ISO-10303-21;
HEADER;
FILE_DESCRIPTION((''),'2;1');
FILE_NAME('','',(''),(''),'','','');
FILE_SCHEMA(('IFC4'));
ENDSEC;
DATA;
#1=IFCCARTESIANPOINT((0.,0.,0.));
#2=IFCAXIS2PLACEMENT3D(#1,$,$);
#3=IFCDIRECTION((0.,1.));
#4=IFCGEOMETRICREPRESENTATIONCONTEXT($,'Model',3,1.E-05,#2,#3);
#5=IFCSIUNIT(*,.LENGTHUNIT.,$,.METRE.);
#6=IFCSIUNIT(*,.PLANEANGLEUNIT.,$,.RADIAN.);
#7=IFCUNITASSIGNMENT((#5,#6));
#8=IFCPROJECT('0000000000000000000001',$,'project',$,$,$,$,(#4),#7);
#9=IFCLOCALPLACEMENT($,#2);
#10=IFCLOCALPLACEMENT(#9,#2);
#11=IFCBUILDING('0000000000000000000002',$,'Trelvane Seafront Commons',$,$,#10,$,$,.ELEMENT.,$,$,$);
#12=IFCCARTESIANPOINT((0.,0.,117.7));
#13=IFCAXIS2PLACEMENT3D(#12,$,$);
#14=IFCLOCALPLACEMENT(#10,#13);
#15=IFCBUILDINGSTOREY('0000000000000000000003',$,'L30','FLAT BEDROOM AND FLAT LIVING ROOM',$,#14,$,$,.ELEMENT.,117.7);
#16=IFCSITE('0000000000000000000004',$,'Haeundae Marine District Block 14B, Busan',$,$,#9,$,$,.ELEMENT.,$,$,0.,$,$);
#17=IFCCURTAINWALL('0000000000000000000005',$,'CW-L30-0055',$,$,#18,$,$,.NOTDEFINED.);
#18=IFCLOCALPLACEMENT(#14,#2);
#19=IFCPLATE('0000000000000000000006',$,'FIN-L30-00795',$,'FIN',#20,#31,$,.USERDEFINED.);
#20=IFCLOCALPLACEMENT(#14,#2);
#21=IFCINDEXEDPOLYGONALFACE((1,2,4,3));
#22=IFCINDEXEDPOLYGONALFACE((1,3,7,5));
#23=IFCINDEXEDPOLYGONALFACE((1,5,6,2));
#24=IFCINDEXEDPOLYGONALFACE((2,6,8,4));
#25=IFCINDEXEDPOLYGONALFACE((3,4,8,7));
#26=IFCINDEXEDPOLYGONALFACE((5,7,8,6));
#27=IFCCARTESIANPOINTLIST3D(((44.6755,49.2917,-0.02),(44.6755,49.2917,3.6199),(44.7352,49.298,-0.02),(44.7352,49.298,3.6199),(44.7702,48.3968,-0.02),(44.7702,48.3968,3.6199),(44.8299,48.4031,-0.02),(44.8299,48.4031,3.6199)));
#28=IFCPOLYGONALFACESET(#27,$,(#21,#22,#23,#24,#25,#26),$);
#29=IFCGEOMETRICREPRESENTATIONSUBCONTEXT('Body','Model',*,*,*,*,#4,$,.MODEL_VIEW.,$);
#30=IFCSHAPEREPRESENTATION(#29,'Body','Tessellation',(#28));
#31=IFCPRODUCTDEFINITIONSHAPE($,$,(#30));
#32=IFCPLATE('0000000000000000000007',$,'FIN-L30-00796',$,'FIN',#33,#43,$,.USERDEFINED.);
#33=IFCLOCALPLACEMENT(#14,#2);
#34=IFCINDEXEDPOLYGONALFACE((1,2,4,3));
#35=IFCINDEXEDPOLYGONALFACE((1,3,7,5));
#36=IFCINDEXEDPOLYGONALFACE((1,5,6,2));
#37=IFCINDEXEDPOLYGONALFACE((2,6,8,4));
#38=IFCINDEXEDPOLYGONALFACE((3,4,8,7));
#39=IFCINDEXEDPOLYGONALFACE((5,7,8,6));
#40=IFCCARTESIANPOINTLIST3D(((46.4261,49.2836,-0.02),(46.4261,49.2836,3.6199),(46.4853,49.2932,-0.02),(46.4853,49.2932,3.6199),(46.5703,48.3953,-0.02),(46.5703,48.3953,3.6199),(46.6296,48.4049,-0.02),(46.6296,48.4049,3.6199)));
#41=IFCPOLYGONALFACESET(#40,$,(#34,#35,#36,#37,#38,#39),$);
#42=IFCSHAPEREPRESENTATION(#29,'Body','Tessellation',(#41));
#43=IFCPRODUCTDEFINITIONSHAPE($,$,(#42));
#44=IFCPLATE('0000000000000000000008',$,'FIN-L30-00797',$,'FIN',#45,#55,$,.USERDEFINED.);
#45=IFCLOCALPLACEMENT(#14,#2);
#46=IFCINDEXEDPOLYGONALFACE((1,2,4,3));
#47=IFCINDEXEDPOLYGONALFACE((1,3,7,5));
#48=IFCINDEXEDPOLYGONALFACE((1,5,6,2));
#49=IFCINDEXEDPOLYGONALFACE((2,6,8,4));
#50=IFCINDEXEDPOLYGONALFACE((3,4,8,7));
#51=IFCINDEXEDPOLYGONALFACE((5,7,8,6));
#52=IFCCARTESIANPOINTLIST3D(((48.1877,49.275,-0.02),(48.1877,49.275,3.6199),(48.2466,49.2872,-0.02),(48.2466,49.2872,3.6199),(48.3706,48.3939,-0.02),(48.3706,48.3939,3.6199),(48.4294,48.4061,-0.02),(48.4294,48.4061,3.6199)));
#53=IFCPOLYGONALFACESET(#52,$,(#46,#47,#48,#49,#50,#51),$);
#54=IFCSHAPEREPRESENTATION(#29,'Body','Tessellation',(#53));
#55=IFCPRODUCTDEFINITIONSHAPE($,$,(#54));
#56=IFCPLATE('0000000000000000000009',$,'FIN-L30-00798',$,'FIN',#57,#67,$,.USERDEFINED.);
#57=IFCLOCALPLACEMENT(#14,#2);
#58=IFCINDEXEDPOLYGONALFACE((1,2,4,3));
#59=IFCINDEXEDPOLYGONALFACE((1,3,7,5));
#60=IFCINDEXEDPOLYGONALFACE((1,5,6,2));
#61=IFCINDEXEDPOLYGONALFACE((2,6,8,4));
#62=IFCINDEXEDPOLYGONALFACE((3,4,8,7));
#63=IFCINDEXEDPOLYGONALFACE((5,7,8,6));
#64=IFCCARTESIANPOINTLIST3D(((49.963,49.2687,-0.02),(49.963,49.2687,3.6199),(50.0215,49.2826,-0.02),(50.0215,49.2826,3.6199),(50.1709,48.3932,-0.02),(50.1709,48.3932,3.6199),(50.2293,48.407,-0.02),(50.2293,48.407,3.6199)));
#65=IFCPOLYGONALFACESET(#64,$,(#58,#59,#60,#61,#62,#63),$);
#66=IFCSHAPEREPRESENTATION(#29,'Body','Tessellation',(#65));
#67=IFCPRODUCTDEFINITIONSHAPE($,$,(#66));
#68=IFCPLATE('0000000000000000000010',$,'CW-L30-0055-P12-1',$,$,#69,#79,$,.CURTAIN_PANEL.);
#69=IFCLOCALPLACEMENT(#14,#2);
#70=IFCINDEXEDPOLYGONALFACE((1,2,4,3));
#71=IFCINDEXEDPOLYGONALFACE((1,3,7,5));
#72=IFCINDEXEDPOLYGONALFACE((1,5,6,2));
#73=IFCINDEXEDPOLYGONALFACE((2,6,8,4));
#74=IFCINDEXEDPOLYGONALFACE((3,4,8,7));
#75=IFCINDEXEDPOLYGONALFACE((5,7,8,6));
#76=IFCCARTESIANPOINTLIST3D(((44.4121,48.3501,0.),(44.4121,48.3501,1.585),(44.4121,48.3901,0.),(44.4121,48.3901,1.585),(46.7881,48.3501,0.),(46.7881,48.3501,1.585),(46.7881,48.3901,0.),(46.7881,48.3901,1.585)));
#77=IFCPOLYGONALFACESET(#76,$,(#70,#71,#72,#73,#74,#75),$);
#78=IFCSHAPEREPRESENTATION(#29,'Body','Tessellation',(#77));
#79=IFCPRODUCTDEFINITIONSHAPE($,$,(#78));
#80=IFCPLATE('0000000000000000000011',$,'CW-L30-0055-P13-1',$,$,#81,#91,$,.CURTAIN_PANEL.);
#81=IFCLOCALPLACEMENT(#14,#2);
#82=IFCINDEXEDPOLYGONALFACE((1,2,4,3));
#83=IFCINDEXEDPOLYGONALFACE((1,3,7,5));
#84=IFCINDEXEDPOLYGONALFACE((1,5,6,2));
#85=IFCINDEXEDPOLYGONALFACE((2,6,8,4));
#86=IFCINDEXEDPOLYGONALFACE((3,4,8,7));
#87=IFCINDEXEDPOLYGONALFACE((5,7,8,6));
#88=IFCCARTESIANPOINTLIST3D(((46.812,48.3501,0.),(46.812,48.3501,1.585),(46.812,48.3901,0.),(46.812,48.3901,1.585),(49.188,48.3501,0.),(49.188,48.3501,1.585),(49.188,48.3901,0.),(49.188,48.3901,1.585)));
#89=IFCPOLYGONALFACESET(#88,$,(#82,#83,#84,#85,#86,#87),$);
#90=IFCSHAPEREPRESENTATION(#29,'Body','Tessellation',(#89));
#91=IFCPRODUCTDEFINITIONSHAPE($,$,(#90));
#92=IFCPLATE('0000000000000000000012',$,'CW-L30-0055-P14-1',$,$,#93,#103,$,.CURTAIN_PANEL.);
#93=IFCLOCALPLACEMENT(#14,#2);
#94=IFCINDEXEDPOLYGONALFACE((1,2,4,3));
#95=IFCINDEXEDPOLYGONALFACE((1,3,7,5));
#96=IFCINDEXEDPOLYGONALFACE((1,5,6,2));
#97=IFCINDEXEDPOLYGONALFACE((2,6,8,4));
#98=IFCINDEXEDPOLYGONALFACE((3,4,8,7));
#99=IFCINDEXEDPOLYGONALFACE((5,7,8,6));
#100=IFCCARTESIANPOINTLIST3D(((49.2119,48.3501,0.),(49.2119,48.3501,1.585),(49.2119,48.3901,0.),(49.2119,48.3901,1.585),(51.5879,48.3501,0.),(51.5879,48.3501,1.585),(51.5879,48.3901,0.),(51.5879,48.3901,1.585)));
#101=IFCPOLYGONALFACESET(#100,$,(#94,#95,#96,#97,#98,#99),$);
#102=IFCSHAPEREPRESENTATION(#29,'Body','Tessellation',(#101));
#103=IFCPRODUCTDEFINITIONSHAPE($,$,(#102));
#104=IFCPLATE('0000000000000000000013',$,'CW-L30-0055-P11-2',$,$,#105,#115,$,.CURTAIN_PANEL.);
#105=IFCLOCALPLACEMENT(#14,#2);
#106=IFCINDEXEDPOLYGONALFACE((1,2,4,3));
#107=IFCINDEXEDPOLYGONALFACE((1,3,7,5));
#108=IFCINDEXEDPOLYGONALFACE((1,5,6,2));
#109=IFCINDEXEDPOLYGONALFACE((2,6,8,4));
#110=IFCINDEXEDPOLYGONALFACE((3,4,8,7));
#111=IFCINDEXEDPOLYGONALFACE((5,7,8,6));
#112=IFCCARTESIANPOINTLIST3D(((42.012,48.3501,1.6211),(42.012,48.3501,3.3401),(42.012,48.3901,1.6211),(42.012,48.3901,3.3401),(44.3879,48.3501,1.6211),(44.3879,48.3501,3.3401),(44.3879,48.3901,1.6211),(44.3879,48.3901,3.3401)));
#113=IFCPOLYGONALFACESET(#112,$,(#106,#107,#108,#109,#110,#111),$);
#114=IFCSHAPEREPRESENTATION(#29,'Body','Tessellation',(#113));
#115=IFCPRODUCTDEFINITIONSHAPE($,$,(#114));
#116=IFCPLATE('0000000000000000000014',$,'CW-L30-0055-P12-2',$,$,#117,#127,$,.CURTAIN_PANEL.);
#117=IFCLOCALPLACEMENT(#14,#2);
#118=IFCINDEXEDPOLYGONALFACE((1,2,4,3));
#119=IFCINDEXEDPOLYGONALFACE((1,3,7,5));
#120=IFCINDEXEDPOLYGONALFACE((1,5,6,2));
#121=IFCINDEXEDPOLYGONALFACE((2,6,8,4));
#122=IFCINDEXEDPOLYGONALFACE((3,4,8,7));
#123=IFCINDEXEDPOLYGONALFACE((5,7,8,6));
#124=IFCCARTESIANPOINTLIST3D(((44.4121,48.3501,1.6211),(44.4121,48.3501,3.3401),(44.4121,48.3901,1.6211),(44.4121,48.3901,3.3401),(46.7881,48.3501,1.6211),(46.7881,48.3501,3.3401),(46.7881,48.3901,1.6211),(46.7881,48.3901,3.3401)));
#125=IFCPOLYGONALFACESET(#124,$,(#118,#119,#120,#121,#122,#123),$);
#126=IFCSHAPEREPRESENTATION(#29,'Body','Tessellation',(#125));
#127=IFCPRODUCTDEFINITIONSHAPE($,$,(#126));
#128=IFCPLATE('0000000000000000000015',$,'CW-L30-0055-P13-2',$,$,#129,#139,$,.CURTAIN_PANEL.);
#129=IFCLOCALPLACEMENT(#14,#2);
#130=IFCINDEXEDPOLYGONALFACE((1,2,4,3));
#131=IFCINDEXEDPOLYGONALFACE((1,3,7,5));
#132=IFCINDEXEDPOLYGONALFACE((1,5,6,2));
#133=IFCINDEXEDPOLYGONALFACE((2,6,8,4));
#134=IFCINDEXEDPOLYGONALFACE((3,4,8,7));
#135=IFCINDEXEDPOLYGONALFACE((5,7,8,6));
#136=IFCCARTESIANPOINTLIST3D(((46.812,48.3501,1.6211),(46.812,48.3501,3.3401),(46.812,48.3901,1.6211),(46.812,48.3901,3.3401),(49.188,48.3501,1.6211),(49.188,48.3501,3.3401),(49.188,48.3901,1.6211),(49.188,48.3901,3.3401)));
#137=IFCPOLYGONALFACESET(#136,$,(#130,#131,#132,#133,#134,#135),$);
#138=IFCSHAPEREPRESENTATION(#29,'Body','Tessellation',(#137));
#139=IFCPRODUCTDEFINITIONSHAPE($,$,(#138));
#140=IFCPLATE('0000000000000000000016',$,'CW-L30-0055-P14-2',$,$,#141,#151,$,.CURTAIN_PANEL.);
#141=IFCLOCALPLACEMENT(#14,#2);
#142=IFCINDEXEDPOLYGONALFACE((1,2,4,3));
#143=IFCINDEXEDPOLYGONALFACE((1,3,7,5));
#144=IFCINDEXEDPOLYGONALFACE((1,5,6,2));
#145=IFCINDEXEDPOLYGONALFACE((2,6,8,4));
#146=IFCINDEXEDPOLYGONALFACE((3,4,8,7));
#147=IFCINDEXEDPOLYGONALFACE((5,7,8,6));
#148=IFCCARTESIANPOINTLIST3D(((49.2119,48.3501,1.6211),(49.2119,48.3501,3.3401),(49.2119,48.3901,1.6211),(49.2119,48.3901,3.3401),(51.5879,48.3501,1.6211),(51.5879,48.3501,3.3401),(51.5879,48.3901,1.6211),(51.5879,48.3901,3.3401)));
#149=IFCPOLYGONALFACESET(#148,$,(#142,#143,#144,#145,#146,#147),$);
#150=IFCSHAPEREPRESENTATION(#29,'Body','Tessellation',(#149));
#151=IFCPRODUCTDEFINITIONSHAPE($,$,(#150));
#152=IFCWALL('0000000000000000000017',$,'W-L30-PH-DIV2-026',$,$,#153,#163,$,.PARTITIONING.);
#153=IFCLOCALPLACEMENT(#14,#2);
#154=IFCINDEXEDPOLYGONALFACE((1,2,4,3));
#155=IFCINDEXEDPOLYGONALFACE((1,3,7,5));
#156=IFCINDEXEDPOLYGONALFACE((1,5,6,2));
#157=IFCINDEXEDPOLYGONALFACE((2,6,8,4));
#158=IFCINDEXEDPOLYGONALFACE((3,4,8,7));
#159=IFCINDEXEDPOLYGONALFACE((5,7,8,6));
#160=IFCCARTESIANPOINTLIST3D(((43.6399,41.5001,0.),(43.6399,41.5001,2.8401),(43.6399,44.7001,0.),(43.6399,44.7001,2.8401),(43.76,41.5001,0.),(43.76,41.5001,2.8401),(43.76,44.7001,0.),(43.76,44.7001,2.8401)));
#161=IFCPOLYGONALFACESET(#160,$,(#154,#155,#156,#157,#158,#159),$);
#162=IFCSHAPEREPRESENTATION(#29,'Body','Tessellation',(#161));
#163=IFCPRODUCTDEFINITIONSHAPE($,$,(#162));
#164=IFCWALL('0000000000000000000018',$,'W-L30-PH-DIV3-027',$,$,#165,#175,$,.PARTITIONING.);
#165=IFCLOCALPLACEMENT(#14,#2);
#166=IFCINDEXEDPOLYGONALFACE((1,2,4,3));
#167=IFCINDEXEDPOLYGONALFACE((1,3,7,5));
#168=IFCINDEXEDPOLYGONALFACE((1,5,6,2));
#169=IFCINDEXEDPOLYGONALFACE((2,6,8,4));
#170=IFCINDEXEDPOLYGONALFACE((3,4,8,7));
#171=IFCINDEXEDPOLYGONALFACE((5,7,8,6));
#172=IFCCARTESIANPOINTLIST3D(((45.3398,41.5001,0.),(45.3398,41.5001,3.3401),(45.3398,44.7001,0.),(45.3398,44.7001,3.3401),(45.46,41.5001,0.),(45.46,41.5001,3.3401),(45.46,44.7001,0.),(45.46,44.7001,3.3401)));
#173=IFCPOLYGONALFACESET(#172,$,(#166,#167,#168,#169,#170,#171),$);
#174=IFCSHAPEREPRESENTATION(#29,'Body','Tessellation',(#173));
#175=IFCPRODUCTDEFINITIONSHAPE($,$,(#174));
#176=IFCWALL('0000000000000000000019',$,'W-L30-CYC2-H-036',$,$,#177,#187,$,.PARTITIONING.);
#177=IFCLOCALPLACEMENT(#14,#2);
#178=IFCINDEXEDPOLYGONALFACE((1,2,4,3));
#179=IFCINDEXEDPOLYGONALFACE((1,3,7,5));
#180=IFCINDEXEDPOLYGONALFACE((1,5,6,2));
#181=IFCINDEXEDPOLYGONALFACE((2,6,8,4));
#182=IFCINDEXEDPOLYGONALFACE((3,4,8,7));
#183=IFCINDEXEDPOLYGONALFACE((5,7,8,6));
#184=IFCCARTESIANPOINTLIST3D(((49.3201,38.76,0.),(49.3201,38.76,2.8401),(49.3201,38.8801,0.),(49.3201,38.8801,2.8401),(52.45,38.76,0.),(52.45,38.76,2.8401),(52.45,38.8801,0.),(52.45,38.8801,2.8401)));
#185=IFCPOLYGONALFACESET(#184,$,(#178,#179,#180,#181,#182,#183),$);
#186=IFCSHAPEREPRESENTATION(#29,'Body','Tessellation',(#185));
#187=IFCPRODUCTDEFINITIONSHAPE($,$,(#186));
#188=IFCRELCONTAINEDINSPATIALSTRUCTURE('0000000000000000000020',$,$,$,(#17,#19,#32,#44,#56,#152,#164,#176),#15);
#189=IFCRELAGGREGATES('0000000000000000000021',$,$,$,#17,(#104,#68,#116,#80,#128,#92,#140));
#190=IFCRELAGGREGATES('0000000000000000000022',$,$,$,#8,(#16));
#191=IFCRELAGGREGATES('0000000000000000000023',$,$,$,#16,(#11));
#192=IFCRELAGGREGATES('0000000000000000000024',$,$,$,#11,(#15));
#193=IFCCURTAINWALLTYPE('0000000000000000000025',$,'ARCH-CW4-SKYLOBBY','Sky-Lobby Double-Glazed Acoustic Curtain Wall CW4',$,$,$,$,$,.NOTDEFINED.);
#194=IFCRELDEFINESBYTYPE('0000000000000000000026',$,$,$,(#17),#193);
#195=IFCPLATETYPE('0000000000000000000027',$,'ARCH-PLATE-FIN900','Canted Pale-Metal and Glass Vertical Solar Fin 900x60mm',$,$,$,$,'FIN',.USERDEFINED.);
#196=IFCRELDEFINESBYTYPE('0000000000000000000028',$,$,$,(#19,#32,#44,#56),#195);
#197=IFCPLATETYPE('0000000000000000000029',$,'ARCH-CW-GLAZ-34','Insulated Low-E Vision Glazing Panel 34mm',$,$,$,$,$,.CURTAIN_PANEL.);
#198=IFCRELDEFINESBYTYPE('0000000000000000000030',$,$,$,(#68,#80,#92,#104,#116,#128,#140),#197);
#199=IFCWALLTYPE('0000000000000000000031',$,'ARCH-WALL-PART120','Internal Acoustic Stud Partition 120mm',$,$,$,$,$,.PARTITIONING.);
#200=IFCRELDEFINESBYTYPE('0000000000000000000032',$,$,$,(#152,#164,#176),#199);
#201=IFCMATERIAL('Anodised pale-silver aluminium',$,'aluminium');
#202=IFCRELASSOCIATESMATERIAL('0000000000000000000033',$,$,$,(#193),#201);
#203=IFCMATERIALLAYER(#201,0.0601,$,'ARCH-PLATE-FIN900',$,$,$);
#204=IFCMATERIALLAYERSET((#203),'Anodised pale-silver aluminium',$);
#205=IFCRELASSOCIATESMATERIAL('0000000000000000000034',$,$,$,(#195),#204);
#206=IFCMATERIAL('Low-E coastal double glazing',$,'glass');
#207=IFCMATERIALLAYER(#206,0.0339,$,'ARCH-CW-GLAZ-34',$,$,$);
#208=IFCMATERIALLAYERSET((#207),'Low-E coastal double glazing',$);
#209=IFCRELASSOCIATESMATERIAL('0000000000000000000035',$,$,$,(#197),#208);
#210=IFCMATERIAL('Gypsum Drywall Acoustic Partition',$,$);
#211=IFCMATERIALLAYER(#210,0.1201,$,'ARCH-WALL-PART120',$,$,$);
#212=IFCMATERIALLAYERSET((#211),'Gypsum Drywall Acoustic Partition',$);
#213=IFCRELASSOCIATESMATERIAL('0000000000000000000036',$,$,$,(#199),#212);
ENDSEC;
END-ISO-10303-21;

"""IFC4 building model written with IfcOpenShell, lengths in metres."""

from ifc_helpers import new_model, si_unit, direction, frame, frame_2d, origin, origin_2d, place, context, subcontext, project, spatial, rectangle, extrude, source, transform, mapped, material, layer, layer_set, type_object, element, aggregate, save


model = new_model("IFC4")

# Units and contexts
model_context = context("Model", 3, precision=1e-05, world=origin(), true_north=direction((0.0, 1.0)))
body_context = subcontext(model_context, "Body", "Model", "MODEL_VIEW")
ifc_project = project(units=[si_unit("LENGTHUNIT", "METRE"), si_unit("PLANEANGLEUNIT", "RADIAN")], contexts=[model_context])

# Site, building, storey
site_placement = place(None, origin())
site = spatial("IfcSite", under=ifc_project, at=site_placement, Name="Haeundae Marine District Block 14B, Busan", CompositionType="ELEMENT", RefElevation=0.0)
building_placement = place(site_placement, origin())
building = spatial("IfcBuilding", under=site, at=building_placement, Name="Trelvane Seafront Commons", CompositionType="ELEMENT")
storey_placement = place(building_placement, frame((0.0, 0.0, 117.7)))
storey = spatial("IfcBuildingStorey", under=building, at=storey_placement, Name="L30", Description="FLAT BEDROOM AND FLAT LIVING ROOM", CompositionType="ELEMENT", Elevation=117.7)

# Curtain wall
ifc_material_1 = material(Name="Anodised pale-silver aluminium", Category="aluminium")
curtain_wall_type = type_object("IfcCurtainWallType", Name="ARCH-CW4-SKYLOBBY", Description="Sky-Lobby Double-Glazed Acoustic Curtain Wall CW4", PredefinedType="NOTDEFINED", material=ifc_material_1)
curtain_wall_placement = place(storey_placement, origin())
curtain_wall = element("IfcCurtainWall", 1, at=curtain_wall_placement, inside=storey, type_object=curtain_wall_type, Name="CW-L30-0055", PredefinedType="NOTDEFINED")

# Plates
ifc_layer_1 = layer(ifc_material_1, 0.0601, Name="ARCH-PLATE-FIN900")
ifc_layer_set_1 = layer_set([ifc_layer_1], Name="Anodised pale-silver aluminium")
plate_type_1 = type_object("IfcPlateType", Name="ARCH-PLATE-FIN900", Description="Canted Pale-Metal and Glass Vertical Solar Fin 900x60mm", ElementType="FIN", PredefinedType="USERDEFINED", material=ifc_layer_set_1)
shared_shape_1 = source(origin(), body_context, "Body", "SweptSolid", [
    extrude(rectangle(XDim=0.8999, YDim=0.0601, at=origin_2d()), origin(), (0.0, 0.0, 1.0), 3.6399),
])
for number, where, z_axis, x_axis, name in (
    (2, (44.7527, 48.8474, -0.02), (0.0, 0.0, 1.0), (-0.105223, 0.994449, 0.0), "FIN-L30-00795"),
    (3, (46.5278, 48.8442, -0.02), (0.0, 0.0, 1.0), (-0.160326, 0.987064, 0.0), "FIN-L30-00796"),
    (4, (48.3086, 48.8406, -0.02), (0.0, 0.0, 1.0), (-0.203227, 0.979132, 0.0), "FIN-L30-00797"),
    (5, (50.0962, 48.8379, -0.02), (0.0, 0.0, 1.0), (-0.230989, 0.972956, 0.0), "FIN-L30-00798"),
):
    element("IfcPlate", number, at=place(storey_placement, frame(where, z_axis=z_axis, x_axis=x_axis)), inside=storey, type_object=plate_type_1, Name=name, ObjectType="FIN", PredefinedType="USERDEFINED", context=body_context, shape_type="MappedRepresentation", body=[
        mapped(shared_shape_1, transform((0.0, 0.0, 0.0), x_axis=(1.0, 0.0, 0.0), y_axis=(0.0, 1.0, 0.0), z_axis=(0.0, 0.0, 1.0), scale=1.0)),
    ])

# Plates
ifc_material_2 = material(Name="Low-E coastal double glazing", Category="glass")
ifc_layer_2 = layer(ifc_material_2, 0.0339, Name="ARCH-CW-GLAZ-34")
ifc_layer_set_2 = layer_set([ifc_layer_2], Name="Low-E coastal double glazing")
plate_type_2 = type_object("IfcPlateType", Name="ARCH-CW-GLAZ-34", Description="Insulated Low-E Vision Glazing Panel 34mm", PredefinedType="CURTAIN_PANEL", material=ifc_layer_set_2)
shared_shape_2 = source(origin(), body_context, "Body", "SweptSolid", [
    extrude(rectangle(XDim=2.376, YDim=0.04, at=origin_2d()), origin(), (0.0, 0.0, 1.0), 1.585),
])
plate_1_placement = place(storey_placement, frame((45.6001, 48.3701, 0.0), z_axis=(0.0, 0.0, 1.0), x_axis=(1.0, 0.0, 0.0)))
plate_1 = element("IfcPlate", 6, at=plate_1_placement, type_object=plate_type_2, Name="CW-L30-0055-P12-1", PredefinedType="CURTAIN_PANEL", context=body_context, shape_type="MappedRepresentation", body=[
    mapped(shared_shape_2, transform((0.0, 0.0, 0.0), x_axis=(1.0, 0.0, 0.0), y_axis=(0.0, 1.0, 0.0), z_axis=(0.0, 0.0, 1.0), scale=1.0)),
])
plate_2_placement = place(storey_placement, frame((48.0, 48.3701, 0.0), z_axis=(0.0, 0.0, 1.0), x_axis=(1.0, 0.0, 0.0)))
plate_2 = element("IfcPlate", 7, at=plate_2_placement, type_object=plate_type_2, Name="CW-L30-0055-P13-1", PredefinedType="CURTAIN_PANEL", context=body_context, shape_type="MappedRepresentation", body=[
    mapped(shared_shape_2, transform((0.0, 0.0, 0.0), x_axis=(1.0, 0.0, 0.0), y_axis=(0.0, 1.0, 0.0), z_axis=(0.0, 0.0, 1.0), scale=1.0)),
])
plate_3_placement = place(storey_placement, frame((50.3999, 48.3701, 0.0), z_axis=(0.0, 0.0, 1.0), x_axis=(1.0, 0.0, 0.0)))
plate_3 = element("IfcPlate", 8, at=plate_3_placement, type_object=plate_type_2, Name="CW-L30-0055-P14-1", PredefinedType="CURTAIN_PANEL", context=body_context, shape_type="MappedRepresentation", body=[
    mapped(shared_shape_2, transform((0.0, 0.0, 0.0), x_axis=(1.0, 0.0, 0.0), y_axis=(0.0, 1.0, 0.0), z_axis=(0.0, 0.0, 1.0), scale=1.0)),
])
shared_shape_3 = source(origin(), body_context, "Body", "SweptSolid", [
    extrude(rectangle(XDim=2.376, YDim=0.04, at=origin_2d()), origin(), (0.0, 0.0, 1.0), 1.719),
])
plate_4_placement = place(storey_placement, frame((43.2, 48.3701, 1.6211), z_axis=(0.0, 0.0, 1.0), x_axis=(1.0, 0.0, 0.0)))
plate_4 = element("IfcPlate", 9, at=plate_4_placement, type_object=plate_type_2, Name="CW-L30-0055-P11-2", PredefinedType="CURTAIN_PANEL", context=body_context, shape_type="MappedRepresentation", body=[
    mapped(shared_shape_3, transform((0.0, 0.0, 0.0), x_axis=(1.0, 0.0, 0.0), y_axis=(0.0, 1.0, 0.0), z_axis=(0.0, 0.0, 1.0), scale=1.0)),
])
plate_5_placement = place(storey_placement, frame((45.6001, 48.3701, 1.6211), z_axis=(0.0, 0.0, 1.0), x_axis=(1.0, 0.0, 0.0)))
plate_5 = element("IfcPlate", 10, at=plate_5_placement, type_object=plate_type_2, Name="CW-L30-0055-P12-2", PredefinedType="CURTAIN_PANEL", context=body_context, shape_type="MappedRepresentation", body=[
    mapped(shared_shape_3, transform((0.0, 0.0, 0.0), x_axis=(1.0, 0.0, 0.0), y_axis=(0.0, 1.0, 0.0), z_axis=(0.0, 0.0, 1.0), scale=1.0)),
])
plate_6_placement = place(storey_placement, frame((48.0, 48.3701, 1.6211), z_axis=(0.0, 0.0, 1.0), x_axis=(1.0, 0.0, 0.0)))
plate_6 = element("IfcPlate", 11, at=plate_6_placement, type_object=plate_type_2, Name="CW-L30-0055-P13-2", PredefinedType="CURTAIN_PANEL", context=body_context, shape_type="MappedRepresentation", body=[
    mapped(shared_shape_3, transform((0.0, 0.0, 0.0), x_axis=(1.0, 0.0, 0.0), y_axis=(0.0, 1.0, 0.0), z_axis=(0.0, 0.0, 1.0), scale=1.0)),
])
plate_7_placement = place(storey_placement, frame((50.3999, 48.3701, 1.6211), z_axis=(0.0, 0.0, 1.0), x_axis=(1.0, 0.0, 0.0)))
plate_7 = element("IfcPlate", 12, at=plate_7_placement, type_object=plate_type_2, Name="CW-L30-0055-P14-2", PredefinedType="CURTAIN_PANEL", context=body_context, shape_type="MappedRepresentation", body=[
    mapped(shared_shape_3, transform((0.0, 0.0, 0.0), x_axis=(1.0, 0.0, 0.0), y_axis=(0.0, 1.0, 0.0), z_axis=(0.0, 0.0, 1.0), scale=1.0)),
])
aggregate(curtain_wall, [plate_4, plate_1, plate_5, plate_2, plate_6, plate_3, plate_7])

# Walls
ifc_material_3 = material(Name="Gypsum Drywall Acoustic Partition")
ifc_layer_3 = layer(ifc_material_3, 0.1201, Name="ARCH-WALL-PART120")
ifc_layer_set_3 = layer_set([ifc_layer_3], Name="Gypsum Drywall Acoustic Partition")
wall_type_1 = type_object("IfcWallType", Name="ARCH-WALL-PART120", Description="Internal Acoustic Stud Partition 120mm", PredefinedType="PARTITIONING", material=ifc_layer_set_3)
wall_1_placement = place(storey_placement, frame((43.7, 41.5, 0.0), z_axis=(0.0, 0.0, 1.0), x_axis=(0.0, 1.0, 0.0)))
element("IfcWall", 13, at=wall_1_placement, inside=storey, type_object=wall_type_1, Name="W-L30-PH-DIV2-026", PredefinedType="PARTITIONING", context=body_context, shape_type="SweptSolid", body=[
    extrude(rectangle(XDim=3.2, YDim=0.1201, at=frame_2d((1.6001, 0.0))), origin(), (0.0, 0.0, 1.0), 2.8401),
])
wall_2_placement = place(storey_placement, frame((45.3999, 41.5, 0.0), z_axis=(0.0, 0.0, 1.0), x_axis=(0.0, 1.0, 0.0)))
element("IfcWall", 14, at=wall_2_placement, inside=storey, type_object=wall_type_1, Name="W-L30-PH-DIV3-027", PredefinedType="PARTITIONING", context=body_context, shape_type="SweptSolid", body=[
    extrude(rectangle(XDim=3.2, YDim=0.1201, at=frame_2d((1.6001, 0.0))), origin(), (0.0, 0.0, 1.0), 3.3401),
])
wall_3_placement = place(storey_placement, frame((49.3201, 38.8201, 0.0), z_axis=(0.0, 0.0, 1.0), x_axis=(1.0, 0.0, 0.0)))
element("IfcWall", 15, at=wall_3_placement, inside=storey, type_object=wall_type_1, Name="W-L30-CYC2-H-036", PredefinedType="PARTITIONING", context=body_context, shape_type="SweptSolid", body=[
    extrude(rectangle(XDim=3.1299, YDim=0.1201, at=frame_2d((1.5649, 0.0))), origin(), (0.0, 0.0, 1.0), 2.8401),
])

save(model, "model.ifc")
